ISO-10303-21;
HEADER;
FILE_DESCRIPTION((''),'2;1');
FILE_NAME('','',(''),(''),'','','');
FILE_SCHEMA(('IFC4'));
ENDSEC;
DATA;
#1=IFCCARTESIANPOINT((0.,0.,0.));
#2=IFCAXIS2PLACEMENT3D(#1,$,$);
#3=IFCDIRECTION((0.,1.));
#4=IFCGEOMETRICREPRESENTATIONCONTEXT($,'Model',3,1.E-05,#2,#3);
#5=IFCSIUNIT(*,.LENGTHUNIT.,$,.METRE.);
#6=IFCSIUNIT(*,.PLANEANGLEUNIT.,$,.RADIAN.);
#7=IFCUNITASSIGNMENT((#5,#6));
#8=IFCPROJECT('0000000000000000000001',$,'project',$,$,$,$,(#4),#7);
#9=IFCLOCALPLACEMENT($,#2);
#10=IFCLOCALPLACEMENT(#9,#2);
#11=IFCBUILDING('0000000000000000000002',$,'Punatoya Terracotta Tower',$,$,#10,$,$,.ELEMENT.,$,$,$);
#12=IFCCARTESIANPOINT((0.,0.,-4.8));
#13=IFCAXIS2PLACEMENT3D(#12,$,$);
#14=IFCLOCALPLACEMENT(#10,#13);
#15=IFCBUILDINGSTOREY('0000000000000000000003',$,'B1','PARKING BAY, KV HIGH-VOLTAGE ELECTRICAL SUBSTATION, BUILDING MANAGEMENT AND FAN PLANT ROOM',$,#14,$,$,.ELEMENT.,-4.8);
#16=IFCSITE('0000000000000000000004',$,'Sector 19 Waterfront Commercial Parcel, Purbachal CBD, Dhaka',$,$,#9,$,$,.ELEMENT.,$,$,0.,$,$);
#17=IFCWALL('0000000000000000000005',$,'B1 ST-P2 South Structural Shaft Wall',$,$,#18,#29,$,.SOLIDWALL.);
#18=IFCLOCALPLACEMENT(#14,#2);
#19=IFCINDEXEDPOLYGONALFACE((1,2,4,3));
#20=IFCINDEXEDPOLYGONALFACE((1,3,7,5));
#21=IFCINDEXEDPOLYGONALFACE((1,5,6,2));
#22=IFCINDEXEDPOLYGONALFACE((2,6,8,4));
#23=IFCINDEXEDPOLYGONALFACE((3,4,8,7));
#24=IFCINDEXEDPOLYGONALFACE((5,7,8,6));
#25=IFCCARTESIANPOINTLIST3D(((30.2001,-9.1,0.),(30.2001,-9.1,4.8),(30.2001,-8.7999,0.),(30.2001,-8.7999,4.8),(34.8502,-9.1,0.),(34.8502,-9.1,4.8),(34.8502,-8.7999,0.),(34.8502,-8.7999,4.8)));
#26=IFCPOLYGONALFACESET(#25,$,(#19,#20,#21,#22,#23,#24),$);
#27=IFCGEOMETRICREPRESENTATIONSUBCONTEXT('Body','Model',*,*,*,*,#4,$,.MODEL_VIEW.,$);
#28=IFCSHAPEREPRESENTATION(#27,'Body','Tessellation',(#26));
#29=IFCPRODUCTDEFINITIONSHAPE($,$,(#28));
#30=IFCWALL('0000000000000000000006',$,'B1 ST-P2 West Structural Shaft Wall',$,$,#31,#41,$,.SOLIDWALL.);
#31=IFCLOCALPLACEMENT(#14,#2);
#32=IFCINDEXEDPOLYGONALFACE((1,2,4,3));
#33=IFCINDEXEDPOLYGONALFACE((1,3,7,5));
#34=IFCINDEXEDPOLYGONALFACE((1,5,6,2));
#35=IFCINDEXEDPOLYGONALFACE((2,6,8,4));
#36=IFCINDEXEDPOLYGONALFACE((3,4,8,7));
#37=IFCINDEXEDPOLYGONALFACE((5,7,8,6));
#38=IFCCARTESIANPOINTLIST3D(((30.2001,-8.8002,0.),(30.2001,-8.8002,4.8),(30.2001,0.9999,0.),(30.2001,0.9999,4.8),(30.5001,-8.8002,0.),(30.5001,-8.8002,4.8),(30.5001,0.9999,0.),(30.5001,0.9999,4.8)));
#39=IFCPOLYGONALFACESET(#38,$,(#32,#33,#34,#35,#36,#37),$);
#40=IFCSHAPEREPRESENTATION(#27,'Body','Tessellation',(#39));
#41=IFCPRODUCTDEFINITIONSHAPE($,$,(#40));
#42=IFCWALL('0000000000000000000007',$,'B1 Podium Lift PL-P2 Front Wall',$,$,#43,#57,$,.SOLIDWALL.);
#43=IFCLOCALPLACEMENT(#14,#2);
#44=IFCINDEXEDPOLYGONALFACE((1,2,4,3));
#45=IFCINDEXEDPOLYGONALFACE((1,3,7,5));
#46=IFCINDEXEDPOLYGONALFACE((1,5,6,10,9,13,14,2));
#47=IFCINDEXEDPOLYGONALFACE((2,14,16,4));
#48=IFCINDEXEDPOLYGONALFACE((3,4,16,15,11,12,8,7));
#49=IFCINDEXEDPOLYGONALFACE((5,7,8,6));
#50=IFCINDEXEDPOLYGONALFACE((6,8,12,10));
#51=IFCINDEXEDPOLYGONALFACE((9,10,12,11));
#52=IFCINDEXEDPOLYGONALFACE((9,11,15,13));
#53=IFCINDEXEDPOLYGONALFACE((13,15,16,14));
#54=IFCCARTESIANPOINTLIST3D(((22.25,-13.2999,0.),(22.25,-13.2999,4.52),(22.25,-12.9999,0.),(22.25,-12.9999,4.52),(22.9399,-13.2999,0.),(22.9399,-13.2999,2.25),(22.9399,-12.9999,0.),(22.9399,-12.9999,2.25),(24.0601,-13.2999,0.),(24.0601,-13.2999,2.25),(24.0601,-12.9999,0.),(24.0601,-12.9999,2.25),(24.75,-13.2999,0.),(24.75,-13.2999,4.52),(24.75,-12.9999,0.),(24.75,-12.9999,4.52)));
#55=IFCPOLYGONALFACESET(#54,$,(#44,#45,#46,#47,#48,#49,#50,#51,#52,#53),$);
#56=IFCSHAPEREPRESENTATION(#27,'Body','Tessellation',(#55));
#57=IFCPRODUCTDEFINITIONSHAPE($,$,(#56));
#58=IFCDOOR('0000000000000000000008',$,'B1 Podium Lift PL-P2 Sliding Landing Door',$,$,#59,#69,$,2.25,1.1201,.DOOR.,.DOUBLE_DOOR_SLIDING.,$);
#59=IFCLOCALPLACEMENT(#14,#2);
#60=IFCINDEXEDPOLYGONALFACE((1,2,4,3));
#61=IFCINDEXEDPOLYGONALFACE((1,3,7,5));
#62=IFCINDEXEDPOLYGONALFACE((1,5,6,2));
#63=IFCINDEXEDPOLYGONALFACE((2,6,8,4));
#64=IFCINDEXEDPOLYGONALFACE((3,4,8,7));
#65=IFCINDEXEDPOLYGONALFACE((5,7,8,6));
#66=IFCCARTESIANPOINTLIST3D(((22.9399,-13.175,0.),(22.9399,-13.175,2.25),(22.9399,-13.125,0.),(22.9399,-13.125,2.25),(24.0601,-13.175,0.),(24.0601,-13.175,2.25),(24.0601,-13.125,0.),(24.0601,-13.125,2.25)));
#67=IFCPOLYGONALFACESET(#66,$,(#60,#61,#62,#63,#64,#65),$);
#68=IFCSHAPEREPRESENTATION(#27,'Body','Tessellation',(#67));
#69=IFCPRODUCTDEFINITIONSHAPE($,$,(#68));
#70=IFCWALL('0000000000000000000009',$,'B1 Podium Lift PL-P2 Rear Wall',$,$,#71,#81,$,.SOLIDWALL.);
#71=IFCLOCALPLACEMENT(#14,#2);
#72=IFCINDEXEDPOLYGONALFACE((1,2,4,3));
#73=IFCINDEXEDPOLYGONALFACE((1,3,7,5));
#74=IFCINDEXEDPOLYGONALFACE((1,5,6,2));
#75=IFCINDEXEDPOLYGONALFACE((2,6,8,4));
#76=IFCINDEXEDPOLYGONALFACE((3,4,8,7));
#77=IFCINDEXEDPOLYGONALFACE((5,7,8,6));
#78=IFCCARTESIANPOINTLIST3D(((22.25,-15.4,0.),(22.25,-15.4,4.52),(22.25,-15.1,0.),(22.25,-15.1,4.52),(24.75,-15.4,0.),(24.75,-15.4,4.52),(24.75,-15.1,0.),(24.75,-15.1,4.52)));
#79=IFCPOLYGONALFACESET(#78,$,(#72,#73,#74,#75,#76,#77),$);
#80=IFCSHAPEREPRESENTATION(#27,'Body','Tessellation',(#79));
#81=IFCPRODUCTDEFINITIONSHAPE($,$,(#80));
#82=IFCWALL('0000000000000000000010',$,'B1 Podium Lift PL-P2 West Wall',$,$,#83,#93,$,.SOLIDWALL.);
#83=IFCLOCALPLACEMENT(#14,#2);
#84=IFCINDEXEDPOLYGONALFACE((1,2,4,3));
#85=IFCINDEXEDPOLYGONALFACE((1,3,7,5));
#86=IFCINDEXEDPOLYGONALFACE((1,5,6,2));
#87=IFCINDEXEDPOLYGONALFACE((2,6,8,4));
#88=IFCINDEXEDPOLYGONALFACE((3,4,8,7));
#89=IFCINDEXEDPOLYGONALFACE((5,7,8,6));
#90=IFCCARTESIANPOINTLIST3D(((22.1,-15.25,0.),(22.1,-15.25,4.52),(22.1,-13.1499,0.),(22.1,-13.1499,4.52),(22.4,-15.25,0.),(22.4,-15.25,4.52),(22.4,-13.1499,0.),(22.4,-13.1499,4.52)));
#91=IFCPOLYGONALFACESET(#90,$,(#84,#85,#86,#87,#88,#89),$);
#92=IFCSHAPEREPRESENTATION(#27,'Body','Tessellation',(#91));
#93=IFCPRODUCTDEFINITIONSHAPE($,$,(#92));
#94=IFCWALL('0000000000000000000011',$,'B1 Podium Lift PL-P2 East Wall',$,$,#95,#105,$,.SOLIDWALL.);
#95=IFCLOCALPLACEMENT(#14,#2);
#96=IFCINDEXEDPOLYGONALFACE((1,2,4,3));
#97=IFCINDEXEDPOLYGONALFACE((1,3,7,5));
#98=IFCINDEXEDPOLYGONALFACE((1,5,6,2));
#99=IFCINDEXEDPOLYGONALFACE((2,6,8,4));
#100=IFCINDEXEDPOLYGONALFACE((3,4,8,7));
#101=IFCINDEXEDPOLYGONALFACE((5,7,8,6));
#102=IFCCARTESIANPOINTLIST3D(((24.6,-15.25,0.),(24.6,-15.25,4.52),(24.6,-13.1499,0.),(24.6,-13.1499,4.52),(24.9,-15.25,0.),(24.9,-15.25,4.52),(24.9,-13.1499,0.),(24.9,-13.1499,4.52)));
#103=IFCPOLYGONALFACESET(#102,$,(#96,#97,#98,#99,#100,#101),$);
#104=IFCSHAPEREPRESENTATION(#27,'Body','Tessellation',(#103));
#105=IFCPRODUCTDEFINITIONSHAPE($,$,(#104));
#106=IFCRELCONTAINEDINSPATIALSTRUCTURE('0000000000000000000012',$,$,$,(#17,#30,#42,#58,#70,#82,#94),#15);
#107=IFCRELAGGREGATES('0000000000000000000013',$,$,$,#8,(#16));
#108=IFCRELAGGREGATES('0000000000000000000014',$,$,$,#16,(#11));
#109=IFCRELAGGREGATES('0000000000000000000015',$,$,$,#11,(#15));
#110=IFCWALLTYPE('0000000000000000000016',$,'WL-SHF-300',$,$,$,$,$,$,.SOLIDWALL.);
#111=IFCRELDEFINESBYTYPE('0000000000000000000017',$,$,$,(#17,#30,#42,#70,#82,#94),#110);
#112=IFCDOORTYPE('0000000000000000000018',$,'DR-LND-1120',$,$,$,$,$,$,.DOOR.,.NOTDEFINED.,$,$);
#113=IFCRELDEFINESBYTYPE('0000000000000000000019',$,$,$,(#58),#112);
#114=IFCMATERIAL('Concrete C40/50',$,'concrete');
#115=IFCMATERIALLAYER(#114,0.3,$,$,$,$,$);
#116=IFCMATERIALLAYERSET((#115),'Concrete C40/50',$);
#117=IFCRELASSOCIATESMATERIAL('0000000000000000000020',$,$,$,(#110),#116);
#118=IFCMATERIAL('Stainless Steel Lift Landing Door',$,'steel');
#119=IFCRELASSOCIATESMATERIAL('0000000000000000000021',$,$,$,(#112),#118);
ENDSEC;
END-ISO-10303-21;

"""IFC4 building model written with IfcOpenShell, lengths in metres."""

from ifc_helpers import new_model, si_unit, direction, frame, frame_2d, origin, place, context, subcontext, project, spatial, rectangle, extrude, material, layer, layer_set, type_object, element, fill, save


model = new_model("IFC4")

# Units and contexts
model_context = context("Model", 3, precision=1e-05, world=origin(), true_north=direction((0.0, 1.0)))
body_context = subcontext(model_context, "Body", "Model", "MODEL_VIEW")
ifc_project = project(units=[si_unit("LENGTHUNIT", "METRE"), si_unit("PLANEANGLEUNIT", "RADIAN")], contexts=[model_context])

# Site, building, storey
site_placement = place(None, origin())
site = spatial("IfcSite", under=ifc_project, at=site_placement, Name="Sector 19 Waterfront Commercial Parcel, Purbachal CBD, Dhaka", CompositionType="ELEMENT", RefElevation=0.0)
building_placement = place(site_placement, origin())
building = spatial("IfcBuilding", under=site, at=building_placement, Name="Punatoya Terracotta Tower", CompositionType="ELEMENT")
storey_placement = place(building_placement, frame((0.0, 0.0, -4.8)))
storey = spatial("IfcBuildingStorey", under=building, at=storey_placement, Name="B1", Description="PARKING BAY, KV HIGH-VOLTAGE ELECTRICAL SUBSTATION, BUILDING MANAGEMENT AND FAN PLANT ROOM", CompositionType="ELEMENT", Elevation=-4.8)

# Shared definitions
ifc_material_1 = material(Name="Concrete C40/50", Category="concrete")

# Walls
ifc_layer_1 = layer(ifc_material_1, 0.3)
ifc_layer_set_1 = layer_set([ifc_layer_1], Name="Concrete C40/50")
wall_type_1 = type_object("IfcWallType", Name="WL-SHF-300", PredefinedType="SOLIDWALL", material=ifc_layer_set_1)
wall_1_placement = place(storey_placement, frame((30.2, -8.95, 0.0), z_axis=(0.0, 0.0, 1.0), x_axis=(1.0, 0.0, 0.0)))
element("IfcWall", 1, at=wall_1_placement, inside=storey, type_object=wall_type_1, Name="B1 ST-P2 South Structural Shaft Wall", PredefinedType="SOLIDWALL", context=body_context, shape_type="SweptSolid", body=[
    extrude(rectangle(XDim=4.6501, YDim=0.3, at=frame_2d((2.3252, 0.0))), origin(), (0.0, 0.0, 1.0), 4.8),
])
wall_2_placement = place(storey_placement, frame((30.3501, -8.8, 0.0), z_axis=(0.0, 0.0, 1.0), x_axis=(0.0, 1.0, 0.0)))
element("IfcWall", 2, at=wall_2_placement, inside=storey, type_object=wall_type_1, Name="B1 ST-P2 West Structural Shaft Wall", PredefinedType="SOLIDWALL", context=body_context, shape_type="SweptSolid", body=[
    extrude(rectangle(XDim=9.8, YDim=0.3, at=frame_2d((4.8999, 0.0))), origin(), (0.0, 0.0, 1.0), 4.8),
])

# Wall, opening, door
wall_3_placement = place(storey_placement, frame((22.25, -13.1499, 0.0), z_axis=(0.0, 0.0, 1.0), x_axis=(1.0, 0.0, 0.0)))
wall_3 = element("IfcWall", 3, at=wall_3_placement, inside=storey, type_object=wall_type_1, Name="B1 Podium Lift PL-P2 Front Wall", PredefinedType="SOLIDWALL", context=body_context, shape_type="SweptSolid", body=[
    extrude(rectangle(XDim=2.5, YDim=0.3, at=frame_2d((1.25, 0.0))), origin(), (0.0, 0.0, 1.0), 4.52),
])
opening_1_placement = place(wall_3_placement, frame((0.6899, 0.0, 0.0)))
opening_1 = element("IfcOpeningElement", 4, at=opening_1_placement, cuts=wall_3, PredefinedType="OPENING", context=body_context, shape_type="SweptSolid", body=[
    extrude(rectangle(XDim=1.1201, YDim=2.25, at=frame_2d((0.5601, 1.125))), frame((0.0, 0.1599, 0.0), z_axis=(0.0, -1.0, 0.0), x_axis=(1.0, 0.0, 0.0)), (0.0, 0.0, 1.0), 0.3201),
])
ifc_material_2 = material(Name="Stainless Steel Lift Landing Door", Category="steel")
door_type_1 = type_object("IfcDoorType", Name="DR-LND-1120", OperationType="NOTDEFINED", PredefinedType="DOOR", material=ifc_material_2)
door_1_placement = place(opening_1_placement, origin())
door_1 = element("IfcDoor", 5, at=door_1_placement, inside=storey, type_object=door_type_1, Name="B1 Podium Lift PL-P2 Sliding Landing Door", OperationType="DOUBLE_DOOR_SLIDING", OverallHeight=2.25, OverallWidth=1.1201, PredefinedType="DOOR", context=body_context, shape_type="SweptSolid", body=[
    extrude(rectangle(XDim=1.1201, YDim=2.25, at=frame_2d((0.5601, 1.125))), frame((0.0, 0.0249, 0.0), z_axis=(0.0, -1.0, 0.0), x_axis=(1.0, 0.0, 0.0)), (0.0, 0.0, 1.0), 0.05),
])
fill(opening_1, door_1)

# Walls
wall_4_placement = place(storey_placement, frame((22.25, -15.25, 0.0), z_axis=(0.0, 0.0, 1.0), x_axis=(1.0, 0.0, 0.0)))
element("IfcWall", 6, at=wall_4_placement, inside=storey, type_object=wall_type_1, Name="B1 Podium Lift PL-P2 Rear Wall", PredefinedType="SOLIDWALL", context=body_context, shape_type="SweptSolid", body=[
    extrude(rectangle(XDim=2.5, YDim=0.3, at=frame_2d((1.25, 0.0))), origin(), (0.0, 0.0, 1.0), 4.52),
])
for number, where, z_axis, x_axis, name in (
    (7, (22.25, -15.25, 0.0), (0.0, 0.0, 1.0), (0.0, 1.0, 0.0), "B1 Podium Lift PL-P2 West Wall"),
    (8, (24.75, -15.25, 0.0), (0.0, 0.0, 1.0), (0.0, 1.0, 0.0), "B1 Podium Lift PL-P2 East Wall"),
):
    element("IfcWall", number, at=place(storey_placement, frame(where, z_axis=z_axis, x_axis=x_axis)), inside=storey, type_object=wall_type_1, Name=name, PredefinedType="SOLIDWALL", context=body_context, shape_type="SweptSolid", body=[
        extrude(rectangle(XDim=2.1001, YDim=0.3, at=frame_2d((1.05, 0.0))), origin(), (0.0, 0.0, 1.0), 4.52),
    ])

save(model, "model.ifc")
